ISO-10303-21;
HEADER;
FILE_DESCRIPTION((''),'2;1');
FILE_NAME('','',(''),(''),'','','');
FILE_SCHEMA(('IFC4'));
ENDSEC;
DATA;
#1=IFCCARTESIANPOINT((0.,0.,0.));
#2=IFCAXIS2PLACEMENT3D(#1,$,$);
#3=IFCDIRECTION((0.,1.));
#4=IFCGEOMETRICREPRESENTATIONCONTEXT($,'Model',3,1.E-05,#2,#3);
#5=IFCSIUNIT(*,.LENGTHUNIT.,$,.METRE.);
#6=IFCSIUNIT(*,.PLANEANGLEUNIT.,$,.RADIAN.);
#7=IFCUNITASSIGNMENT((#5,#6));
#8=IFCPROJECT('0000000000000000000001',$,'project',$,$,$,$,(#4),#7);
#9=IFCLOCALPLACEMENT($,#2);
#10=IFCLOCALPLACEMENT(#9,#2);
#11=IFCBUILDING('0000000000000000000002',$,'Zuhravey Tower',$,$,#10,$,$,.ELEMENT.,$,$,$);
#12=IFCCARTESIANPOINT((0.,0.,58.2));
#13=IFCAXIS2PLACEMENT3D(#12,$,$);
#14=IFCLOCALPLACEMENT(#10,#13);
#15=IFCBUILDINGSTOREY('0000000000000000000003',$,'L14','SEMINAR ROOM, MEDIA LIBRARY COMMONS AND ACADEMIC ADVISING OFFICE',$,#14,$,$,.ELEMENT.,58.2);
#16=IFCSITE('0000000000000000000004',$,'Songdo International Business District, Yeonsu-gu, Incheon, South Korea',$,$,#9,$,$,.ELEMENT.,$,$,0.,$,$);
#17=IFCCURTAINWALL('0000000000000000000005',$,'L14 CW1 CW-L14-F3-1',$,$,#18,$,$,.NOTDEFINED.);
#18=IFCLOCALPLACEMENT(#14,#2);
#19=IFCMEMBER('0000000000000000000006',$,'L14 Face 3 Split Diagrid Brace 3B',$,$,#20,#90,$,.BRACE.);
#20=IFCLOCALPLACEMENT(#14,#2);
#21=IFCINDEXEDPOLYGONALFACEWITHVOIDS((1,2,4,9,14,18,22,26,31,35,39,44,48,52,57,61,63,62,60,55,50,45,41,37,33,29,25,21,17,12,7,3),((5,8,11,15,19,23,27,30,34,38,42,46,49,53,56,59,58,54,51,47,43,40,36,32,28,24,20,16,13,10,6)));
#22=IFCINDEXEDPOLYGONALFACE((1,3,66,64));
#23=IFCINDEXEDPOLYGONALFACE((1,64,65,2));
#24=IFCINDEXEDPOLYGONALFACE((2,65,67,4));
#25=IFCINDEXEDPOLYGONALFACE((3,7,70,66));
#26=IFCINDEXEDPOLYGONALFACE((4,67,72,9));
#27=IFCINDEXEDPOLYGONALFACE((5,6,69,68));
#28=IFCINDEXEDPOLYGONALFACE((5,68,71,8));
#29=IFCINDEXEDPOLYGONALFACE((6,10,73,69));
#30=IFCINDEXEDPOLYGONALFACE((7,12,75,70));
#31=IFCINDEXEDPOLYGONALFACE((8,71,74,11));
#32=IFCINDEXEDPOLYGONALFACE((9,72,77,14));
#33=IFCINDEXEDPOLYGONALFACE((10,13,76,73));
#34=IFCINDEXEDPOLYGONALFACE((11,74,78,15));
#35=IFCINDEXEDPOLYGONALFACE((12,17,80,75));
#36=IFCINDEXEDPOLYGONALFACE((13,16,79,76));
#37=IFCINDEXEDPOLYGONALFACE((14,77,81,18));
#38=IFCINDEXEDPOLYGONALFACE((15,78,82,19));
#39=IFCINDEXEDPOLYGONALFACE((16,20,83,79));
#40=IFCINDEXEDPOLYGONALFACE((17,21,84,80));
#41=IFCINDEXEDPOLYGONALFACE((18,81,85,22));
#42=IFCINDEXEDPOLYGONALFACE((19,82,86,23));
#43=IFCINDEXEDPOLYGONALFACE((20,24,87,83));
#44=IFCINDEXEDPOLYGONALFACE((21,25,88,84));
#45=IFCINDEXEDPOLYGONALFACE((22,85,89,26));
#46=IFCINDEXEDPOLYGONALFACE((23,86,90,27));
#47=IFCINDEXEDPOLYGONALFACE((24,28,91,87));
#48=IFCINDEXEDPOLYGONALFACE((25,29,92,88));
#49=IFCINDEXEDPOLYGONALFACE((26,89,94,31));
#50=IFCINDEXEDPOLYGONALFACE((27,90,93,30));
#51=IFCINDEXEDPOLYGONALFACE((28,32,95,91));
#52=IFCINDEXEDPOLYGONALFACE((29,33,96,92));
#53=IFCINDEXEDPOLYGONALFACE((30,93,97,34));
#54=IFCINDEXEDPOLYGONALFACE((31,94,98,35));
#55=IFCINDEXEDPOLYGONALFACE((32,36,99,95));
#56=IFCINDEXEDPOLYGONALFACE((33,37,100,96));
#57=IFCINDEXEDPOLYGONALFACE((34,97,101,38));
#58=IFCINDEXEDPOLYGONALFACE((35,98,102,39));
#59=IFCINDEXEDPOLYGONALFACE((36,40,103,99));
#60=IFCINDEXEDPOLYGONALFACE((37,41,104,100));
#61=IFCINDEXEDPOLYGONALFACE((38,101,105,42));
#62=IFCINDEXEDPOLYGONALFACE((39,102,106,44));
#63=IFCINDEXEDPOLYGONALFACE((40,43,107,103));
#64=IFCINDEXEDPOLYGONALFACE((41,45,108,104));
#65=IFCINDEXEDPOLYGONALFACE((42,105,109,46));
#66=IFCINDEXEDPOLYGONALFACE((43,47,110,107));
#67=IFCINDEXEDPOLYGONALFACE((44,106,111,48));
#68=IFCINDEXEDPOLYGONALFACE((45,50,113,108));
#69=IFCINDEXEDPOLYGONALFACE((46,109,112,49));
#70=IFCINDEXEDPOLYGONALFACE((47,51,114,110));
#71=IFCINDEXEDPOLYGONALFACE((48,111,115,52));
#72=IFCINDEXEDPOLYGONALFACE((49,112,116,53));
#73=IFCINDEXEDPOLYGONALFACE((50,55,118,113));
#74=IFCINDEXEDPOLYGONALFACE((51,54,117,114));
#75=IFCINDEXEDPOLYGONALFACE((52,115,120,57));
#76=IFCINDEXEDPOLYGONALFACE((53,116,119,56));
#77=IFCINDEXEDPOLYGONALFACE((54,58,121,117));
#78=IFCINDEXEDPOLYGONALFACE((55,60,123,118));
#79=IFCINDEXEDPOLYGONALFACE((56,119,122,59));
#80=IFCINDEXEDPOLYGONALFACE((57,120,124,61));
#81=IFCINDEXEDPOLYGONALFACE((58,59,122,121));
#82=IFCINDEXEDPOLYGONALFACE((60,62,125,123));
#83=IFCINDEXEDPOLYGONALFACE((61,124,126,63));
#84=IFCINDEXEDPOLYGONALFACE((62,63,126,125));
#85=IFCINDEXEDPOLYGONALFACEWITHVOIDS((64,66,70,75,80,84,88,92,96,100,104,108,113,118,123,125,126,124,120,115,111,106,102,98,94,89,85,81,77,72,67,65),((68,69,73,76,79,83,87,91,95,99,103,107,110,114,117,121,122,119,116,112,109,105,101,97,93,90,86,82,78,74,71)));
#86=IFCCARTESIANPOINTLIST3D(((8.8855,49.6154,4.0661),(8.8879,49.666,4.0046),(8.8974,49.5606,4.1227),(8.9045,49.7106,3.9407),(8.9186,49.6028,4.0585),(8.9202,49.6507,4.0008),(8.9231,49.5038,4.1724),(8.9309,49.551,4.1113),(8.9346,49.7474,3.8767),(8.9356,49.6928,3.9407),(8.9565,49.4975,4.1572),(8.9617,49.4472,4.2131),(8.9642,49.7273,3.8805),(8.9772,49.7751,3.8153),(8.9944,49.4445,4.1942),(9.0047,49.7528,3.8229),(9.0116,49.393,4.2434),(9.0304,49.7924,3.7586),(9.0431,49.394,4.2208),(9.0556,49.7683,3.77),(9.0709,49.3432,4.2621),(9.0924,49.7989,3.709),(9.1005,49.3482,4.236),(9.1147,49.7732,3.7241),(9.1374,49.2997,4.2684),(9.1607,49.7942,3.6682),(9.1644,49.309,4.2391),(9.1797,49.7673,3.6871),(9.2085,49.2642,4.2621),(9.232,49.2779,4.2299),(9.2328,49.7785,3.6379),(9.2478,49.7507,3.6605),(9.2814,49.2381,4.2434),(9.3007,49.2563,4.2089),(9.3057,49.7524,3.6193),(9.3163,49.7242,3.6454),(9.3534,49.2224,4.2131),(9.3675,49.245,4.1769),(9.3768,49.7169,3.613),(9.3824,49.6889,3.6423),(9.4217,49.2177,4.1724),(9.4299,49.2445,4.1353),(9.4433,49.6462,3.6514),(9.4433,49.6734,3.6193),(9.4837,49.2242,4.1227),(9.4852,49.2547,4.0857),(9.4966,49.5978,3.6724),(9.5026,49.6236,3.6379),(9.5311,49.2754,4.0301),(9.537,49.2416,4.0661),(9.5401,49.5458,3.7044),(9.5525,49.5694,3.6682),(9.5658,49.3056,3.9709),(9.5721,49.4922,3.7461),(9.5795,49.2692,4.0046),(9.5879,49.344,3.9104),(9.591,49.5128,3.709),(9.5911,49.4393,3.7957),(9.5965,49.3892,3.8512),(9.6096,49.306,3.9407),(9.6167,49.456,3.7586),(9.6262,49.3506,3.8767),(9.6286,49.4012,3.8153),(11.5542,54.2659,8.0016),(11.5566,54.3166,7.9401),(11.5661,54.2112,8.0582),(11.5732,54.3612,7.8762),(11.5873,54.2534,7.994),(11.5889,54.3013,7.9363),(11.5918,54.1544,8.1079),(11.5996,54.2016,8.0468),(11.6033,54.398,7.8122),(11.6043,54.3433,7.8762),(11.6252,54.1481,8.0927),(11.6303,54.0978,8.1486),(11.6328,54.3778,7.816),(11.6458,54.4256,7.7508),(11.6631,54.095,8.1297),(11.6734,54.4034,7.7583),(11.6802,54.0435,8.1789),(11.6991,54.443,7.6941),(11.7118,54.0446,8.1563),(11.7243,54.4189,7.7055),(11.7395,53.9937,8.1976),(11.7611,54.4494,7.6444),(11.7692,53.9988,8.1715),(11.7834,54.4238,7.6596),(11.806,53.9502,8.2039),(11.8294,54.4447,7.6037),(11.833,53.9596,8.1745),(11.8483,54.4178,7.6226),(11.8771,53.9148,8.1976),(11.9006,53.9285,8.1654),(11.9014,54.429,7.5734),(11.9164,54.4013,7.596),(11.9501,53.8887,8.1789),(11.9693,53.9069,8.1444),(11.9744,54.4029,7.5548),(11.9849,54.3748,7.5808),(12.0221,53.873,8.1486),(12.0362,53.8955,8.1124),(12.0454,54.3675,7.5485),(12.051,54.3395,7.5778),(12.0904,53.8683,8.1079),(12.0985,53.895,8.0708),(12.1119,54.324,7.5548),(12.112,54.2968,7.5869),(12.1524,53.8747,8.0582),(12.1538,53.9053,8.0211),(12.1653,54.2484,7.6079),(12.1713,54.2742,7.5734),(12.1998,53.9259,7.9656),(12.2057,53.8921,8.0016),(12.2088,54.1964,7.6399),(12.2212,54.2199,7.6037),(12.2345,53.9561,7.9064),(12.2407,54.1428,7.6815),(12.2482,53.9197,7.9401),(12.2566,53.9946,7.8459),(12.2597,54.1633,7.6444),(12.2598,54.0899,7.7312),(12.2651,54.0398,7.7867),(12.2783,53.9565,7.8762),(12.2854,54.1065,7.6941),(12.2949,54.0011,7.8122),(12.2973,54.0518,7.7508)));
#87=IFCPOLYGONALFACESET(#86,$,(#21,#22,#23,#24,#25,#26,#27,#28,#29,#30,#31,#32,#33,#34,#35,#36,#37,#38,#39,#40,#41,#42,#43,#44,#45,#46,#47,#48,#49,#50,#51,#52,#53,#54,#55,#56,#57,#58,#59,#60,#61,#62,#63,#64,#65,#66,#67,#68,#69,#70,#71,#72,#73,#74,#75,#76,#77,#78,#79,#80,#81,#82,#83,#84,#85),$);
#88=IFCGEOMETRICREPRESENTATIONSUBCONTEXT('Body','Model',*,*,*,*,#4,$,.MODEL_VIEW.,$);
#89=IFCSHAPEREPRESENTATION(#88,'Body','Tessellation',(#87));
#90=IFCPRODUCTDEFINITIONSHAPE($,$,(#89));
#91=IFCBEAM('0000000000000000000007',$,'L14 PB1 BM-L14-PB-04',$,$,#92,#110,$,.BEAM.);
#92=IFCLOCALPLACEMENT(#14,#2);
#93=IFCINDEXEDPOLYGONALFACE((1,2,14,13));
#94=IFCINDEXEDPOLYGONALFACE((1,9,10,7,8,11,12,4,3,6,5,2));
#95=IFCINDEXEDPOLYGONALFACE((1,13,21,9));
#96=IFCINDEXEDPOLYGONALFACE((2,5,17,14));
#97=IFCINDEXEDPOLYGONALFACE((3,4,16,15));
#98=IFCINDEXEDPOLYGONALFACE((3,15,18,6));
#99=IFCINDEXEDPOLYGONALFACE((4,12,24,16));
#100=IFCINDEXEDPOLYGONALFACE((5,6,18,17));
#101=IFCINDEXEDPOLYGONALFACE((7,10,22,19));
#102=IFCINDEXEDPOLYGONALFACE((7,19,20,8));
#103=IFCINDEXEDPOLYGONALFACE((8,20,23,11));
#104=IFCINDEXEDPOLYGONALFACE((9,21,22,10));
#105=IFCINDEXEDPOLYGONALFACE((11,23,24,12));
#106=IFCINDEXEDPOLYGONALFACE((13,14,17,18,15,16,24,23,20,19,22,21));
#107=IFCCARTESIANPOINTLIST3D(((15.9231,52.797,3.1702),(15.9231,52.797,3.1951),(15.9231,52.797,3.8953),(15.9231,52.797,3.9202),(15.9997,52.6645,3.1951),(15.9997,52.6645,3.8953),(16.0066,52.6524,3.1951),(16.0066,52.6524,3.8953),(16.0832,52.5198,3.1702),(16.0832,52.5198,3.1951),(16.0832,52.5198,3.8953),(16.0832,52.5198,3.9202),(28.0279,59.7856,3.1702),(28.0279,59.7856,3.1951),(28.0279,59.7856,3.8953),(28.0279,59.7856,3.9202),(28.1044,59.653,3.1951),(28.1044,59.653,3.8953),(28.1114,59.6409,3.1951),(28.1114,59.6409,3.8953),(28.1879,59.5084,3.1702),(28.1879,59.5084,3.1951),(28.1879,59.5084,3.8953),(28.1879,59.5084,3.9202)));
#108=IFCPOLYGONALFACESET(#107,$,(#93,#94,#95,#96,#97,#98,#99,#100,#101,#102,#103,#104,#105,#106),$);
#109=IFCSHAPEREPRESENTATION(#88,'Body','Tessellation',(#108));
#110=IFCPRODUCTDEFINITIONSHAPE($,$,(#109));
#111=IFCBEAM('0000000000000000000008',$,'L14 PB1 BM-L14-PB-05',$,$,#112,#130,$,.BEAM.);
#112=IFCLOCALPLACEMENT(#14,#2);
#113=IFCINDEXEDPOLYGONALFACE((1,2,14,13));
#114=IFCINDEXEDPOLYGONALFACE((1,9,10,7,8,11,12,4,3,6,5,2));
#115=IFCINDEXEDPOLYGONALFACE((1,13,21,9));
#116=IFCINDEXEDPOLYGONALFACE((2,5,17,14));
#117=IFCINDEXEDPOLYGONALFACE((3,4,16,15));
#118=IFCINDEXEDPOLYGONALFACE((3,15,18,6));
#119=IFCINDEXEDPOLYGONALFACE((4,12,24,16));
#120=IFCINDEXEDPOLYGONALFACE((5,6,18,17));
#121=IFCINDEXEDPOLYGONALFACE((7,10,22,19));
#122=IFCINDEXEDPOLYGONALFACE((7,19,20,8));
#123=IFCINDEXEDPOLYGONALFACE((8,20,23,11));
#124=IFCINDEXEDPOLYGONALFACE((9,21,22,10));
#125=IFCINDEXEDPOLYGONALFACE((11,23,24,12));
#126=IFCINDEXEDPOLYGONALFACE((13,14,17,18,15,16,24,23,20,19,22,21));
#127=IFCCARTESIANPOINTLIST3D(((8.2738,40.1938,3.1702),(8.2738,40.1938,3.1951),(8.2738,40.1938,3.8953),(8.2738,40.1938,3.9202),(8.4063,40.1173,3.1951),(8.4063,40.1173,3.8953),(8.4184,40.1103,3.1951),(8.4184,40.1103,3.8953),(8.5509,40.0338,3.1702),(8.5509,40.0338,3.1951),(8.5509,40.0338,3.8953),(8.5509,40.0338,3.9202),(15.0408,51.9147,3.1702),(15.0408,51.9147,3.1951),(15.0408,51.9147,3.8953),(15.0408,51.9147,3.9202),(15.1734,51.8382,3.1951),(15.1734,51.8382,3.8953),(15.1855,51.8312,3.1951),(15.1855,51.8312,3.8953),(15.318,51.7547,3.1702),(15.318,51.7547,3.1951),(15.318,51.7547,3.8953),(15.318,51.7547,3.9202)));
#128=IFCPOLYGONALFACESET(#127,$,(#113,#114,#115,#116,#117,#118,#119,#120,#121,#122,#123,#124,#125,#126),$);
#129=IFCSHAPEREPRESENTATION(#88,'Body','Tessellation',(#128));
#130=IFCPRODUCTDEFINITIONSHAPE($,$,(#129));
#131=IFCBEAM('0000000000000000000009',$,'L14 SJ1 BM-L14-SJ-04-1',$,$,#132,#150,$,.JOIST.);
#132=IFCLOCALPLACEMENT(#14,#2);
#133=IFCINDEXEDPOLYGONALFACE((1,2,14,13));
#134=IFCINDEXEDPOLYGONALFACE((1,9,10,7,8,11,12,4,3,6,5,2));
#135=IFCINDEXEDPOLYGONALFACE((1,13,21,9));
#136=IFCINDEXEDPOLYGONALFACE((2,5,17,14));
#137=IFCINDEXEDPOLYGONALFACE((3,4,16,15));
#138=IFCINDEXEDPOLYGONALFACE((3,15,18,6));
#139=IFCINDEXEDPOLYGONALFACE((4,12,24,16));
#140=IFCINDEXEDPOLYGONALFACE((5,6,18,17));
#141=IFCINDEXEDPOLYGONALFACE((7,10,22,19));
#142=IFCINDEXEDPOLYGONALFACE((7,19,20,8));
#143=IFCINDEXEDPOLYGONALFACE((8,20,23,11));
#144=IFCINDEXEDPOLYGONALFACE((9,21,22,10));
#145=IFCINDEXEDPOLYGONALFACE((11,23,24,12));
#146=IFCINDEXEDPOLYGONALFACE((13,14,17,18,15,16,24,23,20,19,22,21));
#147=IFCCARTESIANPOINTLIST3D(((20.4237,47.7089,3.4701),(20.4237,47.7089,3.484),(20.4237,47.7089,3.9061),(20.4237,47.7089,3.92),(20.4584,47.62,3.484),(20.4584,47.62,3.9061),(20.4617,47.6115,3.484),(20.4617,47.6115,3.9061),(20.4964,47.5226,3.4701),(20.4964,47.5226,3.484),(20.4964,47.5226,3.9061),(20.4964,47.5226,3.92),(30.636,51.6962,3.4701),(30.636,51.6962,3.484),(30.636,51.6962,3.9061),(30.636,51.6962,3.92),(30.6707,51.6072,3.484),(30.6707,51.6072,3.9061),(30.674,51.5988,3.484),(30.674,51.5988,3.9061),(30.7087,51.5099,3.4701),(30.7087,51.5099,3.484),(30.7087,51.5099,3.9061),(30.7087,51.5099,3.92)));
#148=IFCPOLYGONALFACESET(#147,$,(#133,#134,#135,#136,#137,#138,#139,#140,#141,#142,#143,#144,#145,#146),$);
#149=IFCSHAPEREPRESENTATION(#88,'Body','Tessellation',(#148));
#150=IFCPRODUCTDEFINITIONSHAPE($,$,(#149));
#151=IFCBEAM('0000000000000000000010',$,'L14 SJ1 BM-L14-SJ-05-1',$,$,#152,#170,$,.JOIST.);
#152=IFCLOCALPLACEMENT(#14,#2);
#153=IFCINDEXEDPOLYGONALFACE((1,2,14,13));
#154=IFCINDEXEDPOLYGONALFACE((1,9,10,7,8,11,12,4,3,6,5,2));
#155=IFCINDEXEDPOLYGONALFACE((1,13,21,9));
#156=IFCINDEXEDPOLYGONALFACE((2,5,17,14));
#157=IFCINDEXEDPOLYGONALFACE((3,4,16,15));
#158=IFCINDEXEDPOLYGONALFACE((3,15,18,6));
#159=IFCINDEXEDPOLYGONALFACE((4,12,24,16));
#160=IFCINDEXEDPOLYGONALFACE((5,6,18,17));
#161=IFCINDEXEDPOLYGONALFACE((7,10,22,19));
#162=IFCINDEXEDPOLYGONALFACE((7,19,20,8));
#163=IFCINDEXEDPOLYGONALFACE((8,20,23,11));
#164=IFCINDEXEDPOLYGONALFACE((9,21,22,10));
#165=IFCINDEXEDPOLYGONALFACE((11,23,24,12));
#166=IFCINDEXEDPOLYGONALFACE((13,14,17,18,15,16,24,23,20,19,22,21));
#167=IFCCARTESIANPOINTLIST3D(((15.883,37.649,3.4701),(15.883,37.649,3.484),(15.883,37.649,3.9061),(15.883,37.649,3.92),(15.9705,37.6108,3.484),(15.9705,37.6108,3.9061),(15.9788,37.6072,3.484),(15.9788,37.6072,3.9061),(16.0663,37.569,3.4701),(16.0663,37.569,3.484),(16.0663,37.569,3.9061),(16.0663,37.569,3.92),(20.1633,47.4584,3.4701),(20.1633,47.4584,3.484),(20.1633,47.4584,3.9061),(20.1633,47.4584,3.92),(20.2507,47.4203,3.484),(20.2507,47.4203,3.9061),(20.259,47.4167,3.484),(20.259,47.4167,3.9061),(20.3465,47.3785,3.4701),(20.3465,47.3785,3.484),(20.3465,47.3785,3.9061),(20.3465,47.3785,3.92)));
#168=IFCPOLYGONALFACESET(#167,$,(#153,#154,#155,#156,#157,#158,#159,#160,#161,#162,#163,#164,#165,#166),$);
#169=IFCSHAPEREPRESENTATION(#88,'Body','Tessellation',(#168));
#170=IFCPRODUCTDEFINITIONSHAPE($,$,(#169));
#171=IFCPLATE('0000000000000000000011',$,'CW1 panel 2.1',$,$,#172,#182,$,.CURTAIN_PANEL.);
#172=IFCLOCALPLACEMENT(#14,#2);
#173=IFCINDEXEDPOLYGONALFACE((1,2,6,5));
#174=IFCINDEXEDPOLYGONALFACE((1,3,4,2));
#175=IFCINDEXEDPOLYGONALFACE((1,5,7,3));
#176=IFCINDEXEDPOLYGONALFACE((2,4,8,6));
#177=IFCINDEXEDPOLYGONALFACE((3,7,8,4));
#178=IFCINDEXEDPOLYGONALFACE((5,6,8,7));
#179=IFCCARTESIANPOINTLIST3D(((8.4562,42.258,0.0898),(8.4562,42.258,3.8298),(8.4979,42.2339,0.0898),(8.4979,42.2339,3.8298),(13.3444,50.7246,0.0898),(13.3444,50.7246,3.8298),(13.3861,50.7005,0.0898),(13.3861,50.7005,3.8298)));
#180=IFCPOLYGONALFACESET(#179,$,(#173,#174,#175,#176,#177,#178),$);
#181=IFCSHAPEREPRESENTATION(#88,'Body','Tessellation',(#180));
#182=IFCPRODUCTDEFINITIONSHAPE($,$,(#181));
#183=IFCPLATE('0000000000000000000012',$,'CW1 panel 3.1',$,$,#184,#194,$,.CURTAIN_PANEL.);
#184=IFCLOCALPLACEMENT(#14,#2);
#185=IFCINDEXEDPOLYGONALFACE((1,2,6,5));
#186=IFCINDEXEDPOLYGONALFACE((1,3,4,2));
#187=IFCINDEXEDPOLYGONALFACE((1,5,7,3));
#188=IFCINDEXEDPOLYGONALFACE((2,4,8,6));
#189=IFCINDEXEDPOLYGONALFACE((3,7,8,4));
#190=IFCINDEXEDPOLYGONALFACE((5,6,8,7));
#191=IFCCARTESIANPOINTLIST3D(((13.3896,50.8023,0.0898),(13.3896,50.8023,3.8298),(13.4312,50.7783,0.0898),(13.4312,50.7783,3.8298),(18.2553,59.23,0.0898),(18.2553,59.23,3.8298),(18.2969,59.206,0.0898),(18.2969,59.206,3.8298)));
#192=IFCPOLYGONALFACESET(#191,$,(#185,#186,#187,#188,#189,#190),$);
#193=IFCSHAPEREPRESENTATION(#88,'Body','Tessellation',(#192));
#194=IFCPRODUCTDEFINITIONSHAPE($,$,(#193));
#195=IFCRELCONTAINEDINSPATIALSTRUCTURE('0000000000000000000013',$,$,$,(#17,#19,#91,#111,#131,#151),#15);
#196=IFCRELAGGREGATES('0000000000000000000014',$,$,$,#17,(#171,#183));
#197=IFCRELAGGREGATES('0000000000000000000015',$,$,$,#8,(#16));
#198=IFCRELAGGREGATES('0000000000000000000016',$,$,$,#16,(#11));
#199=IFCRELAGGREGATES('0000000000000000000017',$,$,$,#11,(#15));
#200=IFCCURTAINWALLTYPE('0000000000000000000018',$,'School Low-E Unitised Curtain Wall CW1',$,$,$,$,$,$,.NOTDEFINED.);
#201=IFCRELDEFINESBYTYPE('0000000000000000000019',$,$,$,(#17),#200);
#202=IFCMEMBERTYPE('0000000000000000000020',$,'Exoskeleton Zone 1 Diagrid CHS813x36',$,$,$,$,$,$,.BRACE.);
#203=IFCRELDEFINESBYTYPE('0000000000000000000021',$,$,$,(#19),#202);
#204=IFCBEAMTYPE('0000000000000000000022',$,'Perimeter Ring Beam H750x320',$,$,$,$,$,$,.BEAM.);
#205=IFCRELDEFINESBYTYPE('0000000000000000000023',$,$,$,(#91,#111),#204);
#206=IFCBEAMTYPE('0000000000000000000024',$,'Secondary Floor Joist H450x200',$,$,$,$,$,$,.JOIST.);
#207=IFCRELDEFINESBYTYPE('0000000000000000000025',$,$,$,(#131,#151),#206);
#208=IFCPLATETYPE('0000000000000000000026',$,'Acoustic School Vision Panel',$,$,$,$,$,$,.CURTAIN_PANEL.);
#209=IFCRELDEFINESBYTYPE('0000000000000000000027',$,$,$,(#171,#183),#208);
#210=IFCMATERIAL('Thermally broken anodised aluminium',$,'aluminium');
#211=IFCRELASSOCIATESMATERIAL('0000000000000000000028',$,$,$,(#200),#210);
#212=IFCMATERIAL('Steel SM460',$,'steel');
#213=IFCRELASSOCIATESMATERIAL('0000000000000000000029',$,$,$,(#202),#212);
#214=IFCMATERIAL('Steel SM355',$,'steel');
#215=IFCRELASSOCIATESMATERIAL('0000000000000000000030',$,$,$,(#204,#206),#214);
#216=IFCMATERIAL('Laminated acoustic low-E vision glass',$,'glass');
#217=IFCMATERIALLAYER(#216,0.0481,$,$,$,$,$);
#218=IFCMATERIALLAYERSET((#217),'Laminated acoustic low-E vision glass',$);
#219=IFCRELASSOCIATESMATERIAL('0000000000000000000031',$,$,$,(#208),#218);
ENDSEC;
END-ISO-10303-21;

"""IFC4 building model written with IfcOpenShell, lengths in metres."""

from ifc_helpers import new_model, si_unit, direction, frame, origin, origin_2d, place, context, subcontext, project, spatial, rectangle, hollow_circle, i_section, extrude, material, layer, layer_set, material_profile, profile_set, type_object, element, aggregate, save


model = new_model("IFC4")

# Units and contexts
model_context = context("Model", 3, precision=1e-05, world=origin(), true_north=direction((0.0, 1.0)))
body_context = subcontext(model_context, "Body", "Model", "MODEL_VIEW")
ifc_project = project(units=[si_unit("LENGTHUNIT", "METRE"), si_unit("PLANEANGLEUNIT", "RADIAN")], contexts=[model_context])

# Site, building, storey
site_placement = place(None, origin())
site = spatial("IfcSite", under=ifc_project, at=site_placement, Name="Songdo International Business District, Yeonsu-gu, Incheon, South Korea", CompositionType="ELEMENT", RefElevation=0.0)
building_placement = place(site_placement, origin())
building = spatial("IfcBuilding", under=site, at=building_placement, Name="Zuhravey Tower", CompositionType="ELEMENT")
storey_placement = place(building_placement, frame((0.0, 0.0, 58.2)))
storey = spatial("IfcBuildingStorey", under=building, at=storey_placement, Name="L14", Description="SEMINAR ROOM, MEDIA LIBRARY COMMONS AND ACADEMIC ADVISING OFFICE", CompositionType="ELEMENT", Elevation=58.2)

# Curtain wall
ifc_material_1 = material(Name="Thermally broken anodised aluminium", Category="aluminium")
curtain_wall_type = type_object("IfcCurtainWallType", Name="School Low-E Unitised Curtain Wall CW1", PredefinedType="NOTDEFINED", material=ifc_material_1)
curtain_wall_1_placement = place(storey_placement, origin())
curtain_wall_1 = element("IfcCurtainWall", 1, at=curtain_wall_1_placement, inside=storey, type_object=curtain_wall_type, Name="L14 CW1 CW-L14-F3-1", PredefinedType="NOTDEFINED")

# Member
ifc_material_2 = material(Name="Steel SM355", Category="steel")
ifc_material_3 = material(Name="Steel SM460", Category="steel")
ifc_material_profile_1 = material_profile(ifc_material_3, hollow_circle(Radius=0.4065, WallThickness=0.0359, at=origin_2d()), Name="CHS-812.8x36")
ifc_profile_set_1 = profile_set([ifc_material_profile_1], Name="Steel SM460")
member_type_1 = type_object("IfcMemberType", Name="Exoskeleton Zone 1 Diagrid CHS813x36", PredefinedType="BRACE", material=ifc_profile_set_1)
member_1_placement = place(storey_placement, frame((9.2571, 49.5083, 3.9407), z_axis=(0.401234, 0.699214, 0.591702), x_axis=(-0.867342, 0.497712, 0.0)))
element("IfcMember", 2, at=member_1_placement, inside=storey, type_object=member_type_1, Name="L14 Face 3 Split Diagrid Brace 3B", PredefinedType="BRACE", context=body_context, shape_type="SweptSolid", body=[
    extrude(hollow_circle(Radius=0.4065, WallThickness=0.0359, at=origin_2d()), origin(), (0.0, 0.0, 1.0), 6.6511),
])

# Beams
ifc_material_profile_2 = material_profile(ifc_material_2, i_section(OverallWidth=0.3201, OverallDepth=0.75, WebThickness=0.0139, FlangeThickness=0.0249, at=origin_2d()), Name="H-750x320x14x25")
ifc_profile_set_2 = profile_set([ifc_material_profile_2], Name="Steel SM355")
beam_type_1 = type_object("IfcBeamType", Name="Perimeter Ring Beam H750x320", PredefinedType="BEAM", material=ifc_profile_set_2)
beam_1_placement = place(storey_placement, frame((28.1079, 59.647, 3.5452), z_axis=(-0.86603, -0.499992, 0.0), x_axis=(0.499992, -0.86603, 0.0)))
element("IfcBeam", 3, at=beam_1_placement, inside=storey, type_object=beam_type_1, Name="L14 PB1 BM-L14-PB-04", PredefinedType="BEAM", context=body_context, shape_type="SweptSolid", body=[
    extrude(i_section(OverallWidth=0.3201, OverallDepth=0.75, WebThickness=0.0139, FlangeThickness=0.0249, at=origin_2d()), origin(), (0.0, 0.0, 1.0), 13.9773),
])
beam_2_placement = place(storey_placement, frame((15.1794, 51.8347, 3.5452), z_axis=(-0.5, -0.866025, 0.0), x_axis=(0.866025, -0.5, 0.0)))
element("IfcBeam", 4, at=beam_2_placement, inside=storey, type_object=beam_type_1, Name="L14 PB1 BM-L14-PB-05", PredefinedType="BEAM", context=body_context, shape_type="SweptSolid", body=[
    extrude(i_section(OverallWidth=0.3201, OverallDepth=0.75, WebThickness=0.0139, FlangeThickness=0.0249, at=origin_2d()), origin(), (0.0, 0.0, 1.0), 13.5342),
])
ifc_material_profile_3 = material_profile(ifc_material_2, i_section(OverallWidth=0.2, OverallDepth=0.45, WebThickness=0.009, FlangeThickness=0.0139, at=origin_2d()), Name="H-450x200x9x14")
ifc_profile_set_3 = profile_set([ifc_material_profile_3], Name="Steel SM355")
beam_type_2 = type_object("IfcBeamType", Name="Secondary Floor Joist H450x200", PredefinedType="JOIST", material=ifc_profile_set_3)
beam_3_placement = place(storey_placement, frame((30.6724, 51.603, 3.6951), z_axis=(-0.931517, -0.363699, 0.0), x_axis=(0.363699, -0.931517, 0.0)))
element("IfcBeam", 5, at=beam_3_placement, inside=storey, type_object=beam_type_2, Name="L14 SJ1 BM-L14-SJ-04-1", PredefinedType="JOIST", context=body_context, shape_type="SweptSolid", body=[
    extrude(i_section(OverallWidth=0.2, OverallDepth=0.45, WebThickness=0.009, FlangeThickness=0.0139, at=origin_2d()), origin(), (0.0, 0.0, 1.0), 10.9631),
])
beam_4_placement = place(storey_placement, frame((20.2549, 47.4185, 3.6951), z_axis=(-0.399924, -0.916549, 0.0), x_axis=(0.916549, -0.399924, 0.0)))
element("IfcBeam", 6, at=beam_4_placement, inside=storey, type_object=beam_type_2, Name="L14 SJ1 BM-L14-SJ-05-1", PredefinedType="JOIST", context=body_context, shape_type="SweptSolid", body=[
    extrude(i_section(OverallWidth=0.2, OverallDepth=0.45, WebThickness=0.009, FlangeThickness=0.0139, at=origin_2d()), origin(), (0.0, 0.0, 1.0), 10.7026),
])

# Plates
ifc_material_4 = material(Name="Laminated acoustic low-E vision glass", Category="glass")
ifc_layer_1 = layer(ifc_material_4, 0.0481)
ifc_layer_set_1 = layer_set([ifc_layer_1], Name="Laminated acoustic low-E vision glass")
plate_type_1 = type_object("IfcPlateType", Name="Acoustic School Vision Panel", PredefinedType="CURTAIN_PANEL", material=ifc_layer_set_1)
plate_1_placement = place(storey_placement, frame((10.9211, 46.4792, 0.0898), z_axis=(0.0, 0.0, 1.0), x_axis=(0.5, 0.866026, 0.0)))
plate_1 = element("IfcPlate", 7, at=plate_1_placement, type_object=plate_type_1, Name="CW1 panel 2.1", PredefinedType="CURTAIN_PANEL", context=body_context, shape_type="SweptSolid", body=[
    extrude(rectangle(XDim=9.7764, YDim=0.0481, at=origin_2d()), origin(), (0.0, 0.0, 1.0), 3.74),
])
plate_2_placement = place(storey_placement, frame((15.8433, 55.0042, 0.0898), z_axis=(0.0, 0.0, 1.0), x_axis=(0.5, 0.866026, 0.0)))
plate_2 = element("IfcPlate", 8, at=plate_2_placement, type_object=plate_type_1, Name="CW1 panel 3.1", PredefinedType="CURTAIN_PANEL", context=body_context, shape_type="SweptSolid", body=[
    extrude(rectangle(XDim=9.7314, YDim=0.0481, at=origin_2d()), origin(), (0.0, 0.0, 1.0), 3.74),
])
aggregate(curtain_wall_1, [plate_1, plate_2])

save(model, "model.ifc")
